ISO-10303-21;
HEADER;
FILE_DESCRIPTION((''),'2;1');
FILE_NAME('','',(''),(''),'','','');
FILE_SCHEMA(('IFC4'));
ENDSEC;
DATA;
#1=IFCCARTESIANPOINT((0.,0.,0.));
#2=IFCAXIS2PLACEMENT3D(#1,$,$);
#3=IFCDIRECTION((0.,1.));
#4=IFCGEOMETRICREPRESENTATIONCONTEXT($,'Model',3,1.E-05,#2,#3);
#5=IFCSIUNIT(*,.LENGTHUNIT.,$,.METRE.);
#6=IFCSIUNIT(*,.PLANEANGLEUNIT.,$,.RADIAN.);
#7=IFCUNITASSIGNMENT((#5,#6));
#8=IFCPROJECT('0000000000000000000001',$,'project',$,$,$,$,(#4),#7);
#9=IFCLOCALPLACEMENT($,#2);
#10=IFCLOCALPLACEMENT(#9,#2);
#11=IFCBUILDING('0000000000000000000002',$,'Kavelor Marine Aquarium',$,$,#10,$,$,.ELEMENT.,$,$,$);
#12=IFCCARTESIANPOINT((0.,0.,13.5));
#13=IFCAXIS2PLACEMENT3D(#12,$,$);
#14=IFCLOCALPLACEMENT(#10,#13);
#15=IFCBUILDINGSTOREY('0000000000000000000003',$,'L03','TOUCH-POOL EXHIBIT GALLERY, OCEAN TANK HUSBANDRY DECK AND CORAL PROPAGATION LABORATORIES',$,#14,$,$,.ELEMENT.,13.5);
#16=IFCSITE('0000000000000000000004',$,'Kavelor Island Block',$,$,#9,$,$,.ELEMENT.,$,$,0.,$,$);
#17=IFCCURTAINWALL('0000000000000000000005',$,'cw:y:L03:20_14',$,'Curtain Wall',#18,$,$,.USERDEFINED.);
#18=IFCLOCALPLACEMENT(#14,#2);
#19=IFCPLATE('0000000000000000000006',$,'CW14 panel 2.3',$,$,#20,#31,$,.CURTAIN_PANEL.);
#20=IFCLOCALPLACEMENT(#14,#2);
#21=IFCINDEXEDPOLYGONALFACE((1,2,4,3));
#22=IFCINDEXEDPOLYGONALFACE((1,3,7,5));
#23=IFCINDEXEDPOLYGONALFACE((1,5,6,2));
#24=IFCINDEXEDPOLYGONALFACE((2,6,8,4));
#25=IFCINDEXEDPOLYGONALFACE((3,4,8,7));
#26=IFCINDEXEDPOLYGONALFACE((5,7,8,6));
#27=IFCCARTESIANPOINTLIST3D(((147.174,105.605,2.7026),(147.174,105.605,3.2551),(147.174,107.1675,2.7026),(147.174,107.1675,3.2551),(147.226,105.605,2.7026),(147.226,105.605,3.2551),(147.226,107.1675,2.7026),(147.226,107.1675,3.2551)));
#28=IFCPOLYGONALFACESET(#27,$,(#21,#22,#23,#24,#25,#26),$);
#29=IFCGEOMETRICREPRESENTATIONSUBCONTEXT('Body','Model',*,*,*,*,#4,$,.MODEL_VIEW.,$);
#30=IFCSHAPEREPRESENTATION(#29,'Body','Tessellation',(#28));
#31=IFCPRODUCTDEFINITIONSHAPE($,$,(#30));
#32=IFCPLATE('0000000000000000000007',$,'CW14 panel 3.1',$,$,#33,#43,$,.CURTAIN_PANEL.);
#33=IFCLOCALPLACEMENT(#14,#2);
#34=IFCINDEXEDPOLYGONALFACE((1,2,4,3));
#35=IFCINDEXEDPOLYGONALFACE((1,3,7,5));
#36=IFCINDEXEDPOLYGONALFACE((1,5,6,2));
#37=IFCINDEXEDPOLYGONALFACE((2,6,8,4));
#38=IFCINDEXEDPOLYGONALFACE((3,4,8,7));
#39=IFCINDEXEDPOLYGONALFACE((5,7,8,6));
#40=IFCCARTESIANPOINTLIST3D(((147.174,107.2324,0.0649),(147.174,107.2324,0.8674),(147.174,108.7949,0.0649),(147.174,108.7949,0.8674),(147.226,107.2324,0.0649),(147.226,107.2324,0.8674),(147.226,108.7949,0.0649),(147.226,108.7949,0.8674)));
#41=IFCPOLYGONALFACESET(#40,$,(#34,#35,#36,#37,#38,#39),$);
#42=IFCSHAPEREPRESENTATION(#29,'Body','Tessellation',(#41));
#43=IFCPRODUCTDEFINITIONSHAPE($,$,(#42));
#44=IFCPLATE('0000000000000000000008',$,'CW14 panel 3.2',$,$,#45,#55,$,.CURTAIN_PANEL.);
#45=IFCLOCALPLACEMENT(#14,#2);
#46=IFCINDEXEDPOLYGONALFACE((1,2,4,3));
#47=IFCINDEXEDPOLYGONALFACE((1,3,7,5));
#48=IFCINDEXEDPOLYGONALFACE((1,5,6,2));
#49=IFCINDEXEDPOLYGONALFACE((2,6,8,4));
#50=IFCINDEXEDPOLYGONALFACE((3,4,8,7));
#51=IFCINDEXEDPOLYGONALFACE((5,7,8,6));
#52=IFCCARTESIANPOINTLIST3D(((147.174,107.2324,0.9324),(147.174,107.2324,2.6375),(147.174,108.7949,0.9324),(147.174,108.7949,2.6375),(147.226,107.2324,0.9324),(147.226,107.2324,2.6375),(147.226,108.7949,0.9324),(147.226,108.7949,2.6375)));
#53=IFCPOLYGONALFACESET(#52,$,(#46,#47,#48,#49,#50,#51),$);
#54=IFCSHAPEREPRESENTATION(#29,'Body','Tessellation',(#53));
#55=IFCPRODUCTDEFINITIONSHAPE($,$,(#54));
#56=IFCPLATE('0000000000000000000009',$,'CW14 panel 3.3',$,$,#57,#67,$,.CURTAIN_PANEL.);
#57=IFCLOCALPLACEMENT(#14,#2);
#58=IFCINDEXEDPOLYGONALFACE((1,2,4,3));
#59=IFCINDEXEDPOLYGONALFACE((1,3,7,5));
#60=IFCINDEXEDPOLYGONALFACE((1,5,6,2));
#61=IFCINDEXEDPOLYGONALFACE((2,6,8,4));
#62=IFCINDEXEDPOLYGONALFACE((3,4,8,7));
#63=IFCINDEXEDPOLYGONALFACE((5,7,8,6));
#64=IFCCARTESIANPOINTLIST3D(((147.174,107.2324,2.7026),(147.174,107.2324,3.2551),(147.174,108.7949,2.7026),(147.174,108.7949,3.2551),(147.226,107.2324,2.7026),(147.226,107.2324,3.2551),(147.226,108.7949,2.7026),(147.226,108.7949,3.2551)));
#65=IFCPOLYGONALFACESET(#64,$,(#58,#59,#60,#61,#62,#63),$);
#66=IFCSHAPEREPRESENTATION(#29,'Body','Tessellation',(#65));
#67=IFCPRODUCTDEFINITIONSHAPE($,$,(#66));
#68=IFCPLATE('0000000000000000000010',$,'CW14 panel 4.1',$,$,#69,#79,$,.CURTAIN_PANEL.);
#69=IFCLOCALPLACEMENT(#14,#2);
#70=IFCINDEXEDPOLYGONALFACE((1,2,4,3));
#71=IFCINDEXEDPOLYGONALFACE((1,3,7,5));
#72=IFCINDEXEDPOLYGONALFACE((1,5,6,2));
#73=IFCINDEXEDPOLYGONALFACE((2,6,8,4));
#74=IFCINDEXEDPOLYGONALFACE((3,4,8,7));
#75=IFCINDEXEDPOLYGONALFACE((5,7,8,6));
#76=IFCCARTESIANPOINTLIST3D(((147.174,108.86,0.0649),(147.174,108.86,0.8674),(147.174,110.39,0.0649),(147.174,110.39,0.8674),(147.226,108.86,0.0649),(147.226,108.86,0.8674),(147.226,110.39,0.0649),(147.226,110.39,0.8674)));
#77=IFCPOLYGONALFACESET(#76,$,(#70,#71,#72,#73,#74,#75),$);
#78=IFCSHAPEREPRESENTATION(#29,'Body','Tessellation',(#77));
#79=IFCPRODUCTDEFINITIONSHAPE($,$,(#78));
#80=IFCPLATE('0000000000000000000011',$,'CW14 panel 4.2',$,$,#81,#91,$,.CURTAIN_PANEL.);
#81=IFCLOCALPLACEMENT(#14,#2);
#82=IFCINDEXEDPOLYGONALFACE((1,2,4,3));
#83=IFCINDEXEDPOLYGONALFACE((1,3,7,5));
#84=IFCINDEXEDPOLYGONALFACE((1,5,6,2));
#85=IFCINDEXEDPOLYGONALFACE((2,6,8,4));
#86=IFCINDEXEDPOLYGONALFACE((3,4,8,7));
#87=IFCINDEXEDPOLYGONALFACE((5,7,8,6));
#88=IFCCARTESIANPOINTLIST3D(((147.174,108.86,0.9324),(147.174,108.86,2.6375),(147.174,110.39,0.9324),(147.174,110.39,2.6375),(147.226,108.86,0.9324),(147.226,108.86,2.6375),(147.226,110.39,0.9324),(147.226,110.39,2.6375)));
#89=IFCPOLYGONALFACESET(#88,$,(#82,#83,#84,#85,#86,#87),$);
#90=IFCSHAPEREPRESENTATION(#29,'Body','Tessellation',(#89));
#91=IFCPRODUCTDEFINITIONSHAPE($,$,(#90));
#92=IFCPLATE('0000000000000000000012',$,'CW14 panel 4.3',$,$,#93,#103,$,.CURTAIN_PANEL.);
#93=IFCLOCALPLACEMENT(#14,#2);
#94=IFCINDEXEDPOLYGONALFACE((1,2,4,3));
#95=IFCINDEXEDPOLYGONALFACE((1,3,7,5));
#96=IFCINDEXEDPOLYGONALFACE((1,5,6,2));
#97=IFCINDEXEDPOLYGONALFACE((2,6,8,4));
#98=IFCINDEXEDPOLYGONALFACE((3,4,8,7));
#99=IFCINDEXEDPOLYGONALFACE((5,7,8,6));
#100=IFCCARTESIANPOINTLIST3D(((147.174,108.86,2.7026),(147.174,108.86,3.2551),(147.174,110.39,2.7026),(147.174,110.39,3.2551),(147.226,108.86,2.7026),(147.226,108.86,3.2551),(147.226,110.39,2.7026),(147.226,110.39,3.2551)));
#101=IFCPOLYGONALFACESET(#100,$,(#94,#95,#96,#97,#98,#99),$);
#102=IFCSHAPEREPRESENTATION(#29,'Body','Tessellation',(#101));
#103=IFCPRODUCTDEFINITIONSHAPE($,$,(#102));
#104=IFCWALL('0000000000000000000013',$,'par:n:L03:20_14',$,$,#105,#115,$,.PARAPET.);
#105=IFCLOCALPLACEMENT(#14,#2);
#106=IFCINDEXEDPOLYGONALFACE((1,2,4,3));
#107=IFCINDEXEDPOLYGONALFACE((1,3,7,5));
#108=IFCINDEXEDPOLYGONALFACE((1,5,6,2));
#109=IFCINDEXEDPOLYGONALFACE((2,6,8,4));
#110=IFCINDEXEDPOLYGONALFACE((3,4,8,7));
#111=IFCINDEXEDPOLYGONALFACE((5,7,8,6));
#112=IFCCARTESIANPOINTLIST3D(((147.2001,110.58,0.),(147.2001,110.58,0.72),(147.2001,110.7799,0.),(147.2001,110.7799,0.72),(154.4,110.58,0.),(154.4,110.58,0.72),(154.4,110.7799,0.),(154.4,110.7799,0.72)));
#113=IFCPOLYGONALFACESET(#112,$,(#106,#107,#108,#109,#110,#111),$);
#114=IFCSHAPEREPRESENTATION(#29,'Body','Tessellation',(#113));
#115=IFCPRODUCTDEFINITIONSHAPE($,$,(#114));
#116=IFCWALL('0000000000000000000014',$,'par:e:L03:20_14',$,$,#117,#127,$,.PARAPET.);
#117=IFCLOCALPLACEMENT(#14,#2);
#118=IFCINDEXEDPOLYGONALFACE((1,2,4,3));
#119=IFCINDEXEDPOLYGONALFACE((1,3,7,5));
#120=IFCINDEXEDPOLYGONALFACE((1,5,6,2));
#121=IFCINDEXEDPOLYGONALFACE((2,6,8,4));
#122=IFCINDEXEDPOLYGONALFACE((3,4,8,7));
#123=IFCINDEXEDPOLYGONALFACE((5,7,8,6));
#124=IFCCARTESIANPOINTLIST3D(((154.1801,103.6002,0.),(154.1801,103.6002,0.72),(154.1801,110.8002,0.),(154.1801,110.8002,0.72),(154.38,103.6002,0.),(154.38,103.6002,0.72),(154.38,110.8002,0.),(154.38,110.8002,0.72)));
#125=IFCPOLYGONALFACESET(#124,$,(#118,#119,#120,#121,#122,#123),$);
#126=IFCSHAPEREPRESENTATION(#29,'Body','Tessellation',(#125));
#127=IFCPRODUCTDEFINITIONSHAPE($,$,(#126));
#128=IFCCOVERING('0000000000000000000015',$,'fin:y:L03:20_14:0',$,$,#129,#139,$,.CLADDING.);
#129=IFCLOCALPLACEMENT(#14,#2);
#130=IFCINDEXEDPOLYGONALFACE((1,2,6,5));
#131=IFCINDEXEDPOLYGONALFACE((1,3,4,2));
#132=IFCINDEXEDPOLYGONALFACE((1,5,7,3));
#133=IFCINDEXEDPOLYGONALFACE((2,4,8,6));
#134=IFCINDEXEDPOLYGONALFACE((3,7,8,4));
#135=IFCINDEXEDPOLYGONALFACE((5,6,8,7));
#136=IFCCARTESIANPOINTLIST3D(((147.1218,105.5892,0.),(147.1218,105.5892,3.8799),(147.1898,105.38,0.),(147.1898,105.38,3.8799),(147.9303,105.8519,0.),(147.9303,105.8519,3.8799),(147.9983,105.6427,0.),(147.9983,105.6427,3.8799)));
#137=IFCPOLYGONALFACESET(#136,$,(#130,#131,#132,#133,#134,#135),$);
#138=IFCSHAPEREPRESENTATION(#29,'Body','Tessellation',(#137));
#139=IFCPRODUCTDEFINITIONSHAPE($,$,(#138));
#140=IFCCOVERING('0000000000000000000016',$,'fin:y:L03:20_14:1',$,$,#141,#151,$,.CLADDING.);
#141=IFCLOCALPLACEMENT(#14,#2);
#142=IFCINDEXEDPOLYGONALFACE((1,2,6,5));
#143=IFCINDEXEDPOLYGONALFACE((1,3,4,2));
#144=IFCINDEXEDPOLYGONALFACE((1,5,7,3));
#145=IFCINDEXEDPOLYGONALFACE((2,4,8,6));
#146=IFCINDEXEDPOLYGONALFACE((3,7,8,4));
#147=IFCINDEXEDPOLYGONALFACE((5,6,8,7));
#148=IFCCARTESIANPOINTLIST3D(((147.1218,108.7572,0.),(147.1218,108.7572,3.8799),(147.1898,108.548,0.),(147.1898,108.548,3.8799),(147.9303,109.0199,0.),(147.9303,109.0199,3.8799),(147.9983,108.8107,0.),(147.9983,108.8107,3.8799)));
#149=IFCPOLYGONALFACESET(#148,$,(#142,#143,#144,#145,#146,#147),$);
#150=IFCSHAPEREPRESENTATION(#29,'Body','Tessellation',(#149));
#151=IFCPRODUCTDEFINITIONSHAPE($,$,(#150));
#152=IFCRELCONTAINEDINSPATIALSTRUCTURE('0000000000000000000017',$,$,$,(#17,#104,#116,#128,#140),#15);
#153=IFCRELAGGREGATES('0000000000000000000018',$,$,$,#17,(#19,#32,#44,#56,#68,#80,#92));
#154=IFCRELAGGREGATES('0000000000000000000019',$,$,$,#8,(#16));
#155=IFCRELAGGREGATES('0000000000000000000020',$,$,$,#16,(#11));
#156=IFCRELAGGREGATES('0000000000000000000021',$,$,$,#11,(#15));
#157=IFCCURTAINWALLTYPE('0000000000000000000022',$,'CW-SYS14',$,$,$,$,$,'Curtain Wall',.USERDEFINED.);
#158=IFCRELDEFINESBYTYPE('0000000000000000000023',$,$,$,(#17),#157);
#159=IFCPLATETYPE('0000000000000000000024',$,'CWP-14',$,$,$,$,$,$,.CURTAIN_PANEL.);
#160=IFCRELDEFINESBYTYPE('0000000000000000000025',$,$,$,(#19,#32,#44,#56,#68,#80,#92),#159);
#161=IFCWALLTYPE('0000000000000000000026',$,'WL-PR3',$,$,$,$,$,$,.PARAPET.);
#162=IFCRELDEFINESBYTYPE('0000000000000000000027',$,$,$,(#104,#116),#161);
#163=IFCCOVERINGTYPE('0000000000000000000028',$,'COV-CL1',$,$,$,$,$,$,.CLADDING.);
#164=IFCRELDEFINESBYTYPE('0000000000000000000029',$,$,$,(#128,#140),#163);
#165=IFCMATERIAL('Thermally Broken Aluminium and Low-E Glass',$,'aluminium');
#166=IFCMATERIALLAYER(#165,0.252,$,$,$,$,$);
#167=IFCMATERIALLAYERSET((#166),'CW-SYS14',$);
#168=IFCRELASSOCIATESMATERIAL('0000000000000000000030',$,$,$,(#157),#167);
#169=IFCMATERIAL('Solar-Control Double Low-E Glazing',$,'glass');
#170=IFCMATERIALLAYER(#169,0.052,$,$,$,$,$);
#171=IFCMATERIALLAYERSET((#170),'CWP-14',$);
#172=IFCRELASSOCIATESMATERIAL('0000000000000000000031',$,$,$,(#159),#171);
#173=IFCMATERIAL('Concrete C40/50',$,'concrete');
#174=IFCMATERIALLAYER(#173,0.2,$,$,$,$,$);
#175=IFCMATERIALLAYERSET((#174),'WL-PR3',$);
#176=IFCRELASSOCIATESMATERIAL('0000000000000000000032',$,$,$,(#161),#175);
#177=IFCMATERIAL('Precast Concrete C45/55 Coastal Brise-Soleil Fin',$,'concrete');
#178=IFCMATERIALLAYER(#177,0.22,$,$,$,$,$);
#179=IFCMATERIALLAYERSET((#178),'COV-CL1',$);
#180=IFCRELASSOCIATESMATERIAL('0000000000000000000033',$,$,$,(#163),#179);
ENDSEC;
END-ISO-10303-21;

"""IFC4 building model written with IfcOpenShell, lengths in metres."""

from ifc_helpers import new_model, si_unit, direction, frame, frame_2d, origin, origin_2d, place, context, subcontext, project, spatial, rectangle, extrude, material, layer, layer_set, type_object, element, aggregate, save


model = new_model("IFC4")

# Units and contexts
model_context = context("Model", 3, precision=1e-05, world=origin(), true_north=direction((0.0, 1.0)))
body_context = subcontext(model_context, "Body", "Model", "MODEL_VIEW")
ifc_project = project(units=[si_unit("LENGTHUNIT", "METRE"), si_unit("PLANEANGLEUNIT", "RADIAN")], contexts=[model_context])

# Site, building, storey
site_placement = place(None, origin())
site = spatial("IfcSite", under=ifc_project, at=site_placement, Name="Kavelor Island Block", CompositionType="ELEMENT", RefElevation=0.0)
building_placement = place(site_placement, origin())
building = spatial("IfcBuilding", under=site, at=building_placement, Name="Kavelor Marine Aquarium", CompositionType="ELEMENT")
storey_placement = place(building_placement, frame((0.0, 0.0, 13.5)))
storey = spatial("IfcBuildingStorey", under=building, at=storey_placement, Name="L03", Description="TOUCH-POOL EXHIBIT GALLERY, OCEAN TANK HUSBANDRY DECK AND CORAL PROPAGATION LABORATORIES", CompositionType="ELEMENT", Elevation=13.5)

# Curtain wall, plates
ifc_material_1 = material(Name="Thermally Broken Aluminium and Low-E Glass", Category="aluminium")
ifc_layer_1 = layer(ifc_material_1, 0.252)
ifc_layer_set_1 = layer_set([ifc_layer_1], Name="CW-SYS14")
curtain_wall_type = type_object("IfcCurtainWallType", Name="CW-SYS14", ElementType="Curtain Wall", PredefinedType="USERDEFINED", material=ifc_layer_set_1)
curtain_wall_placement = place(storey_placement, origin())
curtain_wall = element("IfcCurtainWall", 1, at=curtain_wall_placement, inside=storey, type_object=curtain_wall_type, Name="cw:y:L03:20_14", ObjectType="Curtain Wall", PredefinedType="USERDEFINED")
ifc_material_2 = material(Name="Solar-Control Double Low-E Glazing", Category="glass")
ifc_layer_2 = layer(ifc_material_2, 0.052)
ifc_layer_set_2 = layer_set([ifc_layer_2], Name="CWP-14")
plate_type = type_object("IfcPlateType", Name="CWP-14", PredefinedType="CURTAIN_PANEL", material=ifc_layer_set_2)
plate_1_placement = place(storey_placement, frame((147.2, 106.3862, 2.7026), z_axis=(0.0, 0.0, 1.0), x_axis=(0.0, 1.0, 0.0)))
plate_1 = element("IfcPlate", 2, at=plate_1_placement, type_object=plate_type, Name="CW14 panel 2.3", PredefinedType="CURTAIN_PANEL", context=body_context, shape_type="SweptSolid", body=[
    extrude(rectangle(XDim=1.5625, YDim=0.052, at=origin_2d()), origin(), (0.0, 0.0, 1.0), 0.5525),
])
plate_2_placement = place(storey_placement, frame((147.2, 108.0137, 0.0649), z_axis=(0.0, 0.0, 1.0), x_axis=(0.0, 1.0, 0.0)))
plate_2 = element("IfcPlate", 3, at=plate_2_placement, type_object=plate_type, Name="CW14 panel 3.1", PredefinedType="CURTAIN_PANEL", context=body_context, shape_type="SweptSolid", body=[
    extrude(rectangle(XDim=1.5625, YDim=0.052, at=origin_2d()), origin(), (0.0, 0.0, 1.0), 0.8025),
])
plate_3_placement = place(storey_placement, frame((147.2, 108.0137, 0.9324), z_axis=(0.0, 0.0, 1.0), x_axis=(0.0, 1.0, 0.0)))
plate_3 = element("IfcPlate", 4, at=plate_3_placement, type_object=plate_type, Name="CW14 panel 3.2", PredefinedType="CURTAIN_PANEL", context=body_context, shape_type="SweptSolid", body=[
    extrude(rectangle(XDim=1.5625, YDim=0.052, at=origin_2d()), origin(), (0.0, 0.0, 1.0), 1.7051),
])
plate_4_placement = place(storey_placement, frame((147.2, 108.0137, 2.7026), z_axis=(0.0, 0.0, 1.0), x_axis=(0.0, 1.0, 0.0)))
plate_4 = element("IfcPlate", 5, at=plate_4_placement, type_object=plate_type, Name="CW14 panel 3.3", PredefinedType="CURTAIN_PANEL", context=body_context, shape_type="SweptSolid", body=[
    extrude(rectangle(XDim=1.5625, YDim=0.052, at=origin_2d()), origin(), (0.0, 0.0, 1.0), 0.5525),
])
plate_5_placement = place(storey_placement, frame((147.2, 109.625, 0.0649), z_axis=(0.0, 0.0, 1.0), x_axis=(0.0, 1.0, 0.0)))
plate_5 = element("IfcPlate", 6, at=plate_5_placement, type_object=plate_type, Name="CW14 panel 4.1", PredefinedType="CURTAIN_PANEL", context=body_context, shape_type="SweptSolid", body=[
    extrude(rectangle(XDim=1.53, YDim=0.052, at=origin_2d()), origin(), (0.0, 0.0, 1.0), 0.8025),
])
plate_6_placement = place(storey_placement, frame((147.2, 109.625, 0.9324), z_axis=(0.0, 0.0, 1.0), x_axis=(0.0, 1.0, 0.0)))
plate_6 = element("IfcPlate", 7, at=plate_6_placement, type_object=plate_type, Name="CW14 panel 4.2", PredefinedType="CURTAIN_PANEL", context=body_context, shape_type="SweptSolid", body=[
    extrude(rectangle(XDim=1.53, YDim=0.052, at=origin_2d()), origin(), (0.0, 0.0, 1.0), 1.7051),
])
plate_7_placement = place(storey_placement, frame((147.2, 109.625, 2.7026), z_axis=(0.0, 0.0, 1.0), x_axis=(0.0, 1.0, 0.0)))
plate_7 = element("IfcPlate", 8, at=plate_7_placement, type_object=plate_type, Name="CW14 panel 4.3", PredefinedType="CURTAIN_PANEL", context=body_context, shape_type="SweptSolid", body=[
    extrude(rectangle(XDim=1.53, YDim=0.052, at=origin_2d()), origin(), (0.0, 0.0, 1.0), 0.5525),
])
aggregate(curtain_wall, [plate_1, plate_2, plate_3, plate_4, plate_5, plate_6, plate_7])

# Walls
ifc_material_3 = material(Name="Concrete C40/50", Category="concrete")
ifc_layer_3 = layer(ifc_material_3, 0.2)
ifc_layer_set_3 = layer_set([ifc_layer_3], Name="WL-PR3")
wall_type = type_object("IfcWallType", Name="WL-PR3", PredefinedType="PARAPET", material=ifc_layer_set_3)
for number, where, z_axis, x_axis, name in (
    (9, (147.2, 110.6799, 0.0), (0.0, 0.0, 1.0), (1.0, 0.0, 0.0), "par:n:L03:20_14"),
    (10, (154.28, 103.6001, 0.0), (0.0, 0.0, 1.0), (0.0, 1.0, 0.0), "par:e:L03:20_14"),
):
    element("IfcWall", number, at=place(storey_placement, frame(where, z_axis=z_axis, x_axis=x_axis)), inside=storey, type_object=wall_type, Name=name, PredefinedType="PARAPET", context=body_context, shape_type="SweptSolid", body=[
        extrude(rectangle(XDim=7.2, YDim=0.2, at=frame_2d((3.6001, 0.0))), origin(), (0.0, 0.0, 1.0), 0.72),
    ])

# Coverings
ifc_material_4 = material(Name="Precast Concrete C45/55 Coastal Brise-Soleil Fin", Category="concrete")
ifc_layer_4 = layer(ifc_material_4, 0.22)
ifc_layer_set_4 = layer_set([ifc_layer_4], Name="COV-CL1")
covering_type = type_object("IfcCoveringType", Name="COV-CL1", PredefinedType="CLADDING", material=ifc_layer_set_4)
for number, where, z_axis, x_axis, name in (
    (11, (147.5601, 105.616, 0.0), (0.0, 0.0, 1.0), (0.951057, 0.309017, 0.0), "fin:y:L03:20_14:0"),
    (12, (147.5601, 108.7839, 0.0), (0.0, 0.0, 1.0), (0.951057, 0.309017, 0.0), "fin:y:L03:20_14:1"),
):
    element("IfcCovering", number, at=place(storey_placement, frame(where, z_axis=z_axis, x_axis=x_axis)), inside=storey, type_object=covering_type, Name=name, PredefinedType="CLADDING", context=body_context, shape_type="SweptSolid", body=[
        extrude(rectangle(XDim=0.8501, YDim=0.22, at=origin_2d()), origin(), (0.0, 0.0, 1.0), 3.8799),
    ])

save(model, "model.ifc")
